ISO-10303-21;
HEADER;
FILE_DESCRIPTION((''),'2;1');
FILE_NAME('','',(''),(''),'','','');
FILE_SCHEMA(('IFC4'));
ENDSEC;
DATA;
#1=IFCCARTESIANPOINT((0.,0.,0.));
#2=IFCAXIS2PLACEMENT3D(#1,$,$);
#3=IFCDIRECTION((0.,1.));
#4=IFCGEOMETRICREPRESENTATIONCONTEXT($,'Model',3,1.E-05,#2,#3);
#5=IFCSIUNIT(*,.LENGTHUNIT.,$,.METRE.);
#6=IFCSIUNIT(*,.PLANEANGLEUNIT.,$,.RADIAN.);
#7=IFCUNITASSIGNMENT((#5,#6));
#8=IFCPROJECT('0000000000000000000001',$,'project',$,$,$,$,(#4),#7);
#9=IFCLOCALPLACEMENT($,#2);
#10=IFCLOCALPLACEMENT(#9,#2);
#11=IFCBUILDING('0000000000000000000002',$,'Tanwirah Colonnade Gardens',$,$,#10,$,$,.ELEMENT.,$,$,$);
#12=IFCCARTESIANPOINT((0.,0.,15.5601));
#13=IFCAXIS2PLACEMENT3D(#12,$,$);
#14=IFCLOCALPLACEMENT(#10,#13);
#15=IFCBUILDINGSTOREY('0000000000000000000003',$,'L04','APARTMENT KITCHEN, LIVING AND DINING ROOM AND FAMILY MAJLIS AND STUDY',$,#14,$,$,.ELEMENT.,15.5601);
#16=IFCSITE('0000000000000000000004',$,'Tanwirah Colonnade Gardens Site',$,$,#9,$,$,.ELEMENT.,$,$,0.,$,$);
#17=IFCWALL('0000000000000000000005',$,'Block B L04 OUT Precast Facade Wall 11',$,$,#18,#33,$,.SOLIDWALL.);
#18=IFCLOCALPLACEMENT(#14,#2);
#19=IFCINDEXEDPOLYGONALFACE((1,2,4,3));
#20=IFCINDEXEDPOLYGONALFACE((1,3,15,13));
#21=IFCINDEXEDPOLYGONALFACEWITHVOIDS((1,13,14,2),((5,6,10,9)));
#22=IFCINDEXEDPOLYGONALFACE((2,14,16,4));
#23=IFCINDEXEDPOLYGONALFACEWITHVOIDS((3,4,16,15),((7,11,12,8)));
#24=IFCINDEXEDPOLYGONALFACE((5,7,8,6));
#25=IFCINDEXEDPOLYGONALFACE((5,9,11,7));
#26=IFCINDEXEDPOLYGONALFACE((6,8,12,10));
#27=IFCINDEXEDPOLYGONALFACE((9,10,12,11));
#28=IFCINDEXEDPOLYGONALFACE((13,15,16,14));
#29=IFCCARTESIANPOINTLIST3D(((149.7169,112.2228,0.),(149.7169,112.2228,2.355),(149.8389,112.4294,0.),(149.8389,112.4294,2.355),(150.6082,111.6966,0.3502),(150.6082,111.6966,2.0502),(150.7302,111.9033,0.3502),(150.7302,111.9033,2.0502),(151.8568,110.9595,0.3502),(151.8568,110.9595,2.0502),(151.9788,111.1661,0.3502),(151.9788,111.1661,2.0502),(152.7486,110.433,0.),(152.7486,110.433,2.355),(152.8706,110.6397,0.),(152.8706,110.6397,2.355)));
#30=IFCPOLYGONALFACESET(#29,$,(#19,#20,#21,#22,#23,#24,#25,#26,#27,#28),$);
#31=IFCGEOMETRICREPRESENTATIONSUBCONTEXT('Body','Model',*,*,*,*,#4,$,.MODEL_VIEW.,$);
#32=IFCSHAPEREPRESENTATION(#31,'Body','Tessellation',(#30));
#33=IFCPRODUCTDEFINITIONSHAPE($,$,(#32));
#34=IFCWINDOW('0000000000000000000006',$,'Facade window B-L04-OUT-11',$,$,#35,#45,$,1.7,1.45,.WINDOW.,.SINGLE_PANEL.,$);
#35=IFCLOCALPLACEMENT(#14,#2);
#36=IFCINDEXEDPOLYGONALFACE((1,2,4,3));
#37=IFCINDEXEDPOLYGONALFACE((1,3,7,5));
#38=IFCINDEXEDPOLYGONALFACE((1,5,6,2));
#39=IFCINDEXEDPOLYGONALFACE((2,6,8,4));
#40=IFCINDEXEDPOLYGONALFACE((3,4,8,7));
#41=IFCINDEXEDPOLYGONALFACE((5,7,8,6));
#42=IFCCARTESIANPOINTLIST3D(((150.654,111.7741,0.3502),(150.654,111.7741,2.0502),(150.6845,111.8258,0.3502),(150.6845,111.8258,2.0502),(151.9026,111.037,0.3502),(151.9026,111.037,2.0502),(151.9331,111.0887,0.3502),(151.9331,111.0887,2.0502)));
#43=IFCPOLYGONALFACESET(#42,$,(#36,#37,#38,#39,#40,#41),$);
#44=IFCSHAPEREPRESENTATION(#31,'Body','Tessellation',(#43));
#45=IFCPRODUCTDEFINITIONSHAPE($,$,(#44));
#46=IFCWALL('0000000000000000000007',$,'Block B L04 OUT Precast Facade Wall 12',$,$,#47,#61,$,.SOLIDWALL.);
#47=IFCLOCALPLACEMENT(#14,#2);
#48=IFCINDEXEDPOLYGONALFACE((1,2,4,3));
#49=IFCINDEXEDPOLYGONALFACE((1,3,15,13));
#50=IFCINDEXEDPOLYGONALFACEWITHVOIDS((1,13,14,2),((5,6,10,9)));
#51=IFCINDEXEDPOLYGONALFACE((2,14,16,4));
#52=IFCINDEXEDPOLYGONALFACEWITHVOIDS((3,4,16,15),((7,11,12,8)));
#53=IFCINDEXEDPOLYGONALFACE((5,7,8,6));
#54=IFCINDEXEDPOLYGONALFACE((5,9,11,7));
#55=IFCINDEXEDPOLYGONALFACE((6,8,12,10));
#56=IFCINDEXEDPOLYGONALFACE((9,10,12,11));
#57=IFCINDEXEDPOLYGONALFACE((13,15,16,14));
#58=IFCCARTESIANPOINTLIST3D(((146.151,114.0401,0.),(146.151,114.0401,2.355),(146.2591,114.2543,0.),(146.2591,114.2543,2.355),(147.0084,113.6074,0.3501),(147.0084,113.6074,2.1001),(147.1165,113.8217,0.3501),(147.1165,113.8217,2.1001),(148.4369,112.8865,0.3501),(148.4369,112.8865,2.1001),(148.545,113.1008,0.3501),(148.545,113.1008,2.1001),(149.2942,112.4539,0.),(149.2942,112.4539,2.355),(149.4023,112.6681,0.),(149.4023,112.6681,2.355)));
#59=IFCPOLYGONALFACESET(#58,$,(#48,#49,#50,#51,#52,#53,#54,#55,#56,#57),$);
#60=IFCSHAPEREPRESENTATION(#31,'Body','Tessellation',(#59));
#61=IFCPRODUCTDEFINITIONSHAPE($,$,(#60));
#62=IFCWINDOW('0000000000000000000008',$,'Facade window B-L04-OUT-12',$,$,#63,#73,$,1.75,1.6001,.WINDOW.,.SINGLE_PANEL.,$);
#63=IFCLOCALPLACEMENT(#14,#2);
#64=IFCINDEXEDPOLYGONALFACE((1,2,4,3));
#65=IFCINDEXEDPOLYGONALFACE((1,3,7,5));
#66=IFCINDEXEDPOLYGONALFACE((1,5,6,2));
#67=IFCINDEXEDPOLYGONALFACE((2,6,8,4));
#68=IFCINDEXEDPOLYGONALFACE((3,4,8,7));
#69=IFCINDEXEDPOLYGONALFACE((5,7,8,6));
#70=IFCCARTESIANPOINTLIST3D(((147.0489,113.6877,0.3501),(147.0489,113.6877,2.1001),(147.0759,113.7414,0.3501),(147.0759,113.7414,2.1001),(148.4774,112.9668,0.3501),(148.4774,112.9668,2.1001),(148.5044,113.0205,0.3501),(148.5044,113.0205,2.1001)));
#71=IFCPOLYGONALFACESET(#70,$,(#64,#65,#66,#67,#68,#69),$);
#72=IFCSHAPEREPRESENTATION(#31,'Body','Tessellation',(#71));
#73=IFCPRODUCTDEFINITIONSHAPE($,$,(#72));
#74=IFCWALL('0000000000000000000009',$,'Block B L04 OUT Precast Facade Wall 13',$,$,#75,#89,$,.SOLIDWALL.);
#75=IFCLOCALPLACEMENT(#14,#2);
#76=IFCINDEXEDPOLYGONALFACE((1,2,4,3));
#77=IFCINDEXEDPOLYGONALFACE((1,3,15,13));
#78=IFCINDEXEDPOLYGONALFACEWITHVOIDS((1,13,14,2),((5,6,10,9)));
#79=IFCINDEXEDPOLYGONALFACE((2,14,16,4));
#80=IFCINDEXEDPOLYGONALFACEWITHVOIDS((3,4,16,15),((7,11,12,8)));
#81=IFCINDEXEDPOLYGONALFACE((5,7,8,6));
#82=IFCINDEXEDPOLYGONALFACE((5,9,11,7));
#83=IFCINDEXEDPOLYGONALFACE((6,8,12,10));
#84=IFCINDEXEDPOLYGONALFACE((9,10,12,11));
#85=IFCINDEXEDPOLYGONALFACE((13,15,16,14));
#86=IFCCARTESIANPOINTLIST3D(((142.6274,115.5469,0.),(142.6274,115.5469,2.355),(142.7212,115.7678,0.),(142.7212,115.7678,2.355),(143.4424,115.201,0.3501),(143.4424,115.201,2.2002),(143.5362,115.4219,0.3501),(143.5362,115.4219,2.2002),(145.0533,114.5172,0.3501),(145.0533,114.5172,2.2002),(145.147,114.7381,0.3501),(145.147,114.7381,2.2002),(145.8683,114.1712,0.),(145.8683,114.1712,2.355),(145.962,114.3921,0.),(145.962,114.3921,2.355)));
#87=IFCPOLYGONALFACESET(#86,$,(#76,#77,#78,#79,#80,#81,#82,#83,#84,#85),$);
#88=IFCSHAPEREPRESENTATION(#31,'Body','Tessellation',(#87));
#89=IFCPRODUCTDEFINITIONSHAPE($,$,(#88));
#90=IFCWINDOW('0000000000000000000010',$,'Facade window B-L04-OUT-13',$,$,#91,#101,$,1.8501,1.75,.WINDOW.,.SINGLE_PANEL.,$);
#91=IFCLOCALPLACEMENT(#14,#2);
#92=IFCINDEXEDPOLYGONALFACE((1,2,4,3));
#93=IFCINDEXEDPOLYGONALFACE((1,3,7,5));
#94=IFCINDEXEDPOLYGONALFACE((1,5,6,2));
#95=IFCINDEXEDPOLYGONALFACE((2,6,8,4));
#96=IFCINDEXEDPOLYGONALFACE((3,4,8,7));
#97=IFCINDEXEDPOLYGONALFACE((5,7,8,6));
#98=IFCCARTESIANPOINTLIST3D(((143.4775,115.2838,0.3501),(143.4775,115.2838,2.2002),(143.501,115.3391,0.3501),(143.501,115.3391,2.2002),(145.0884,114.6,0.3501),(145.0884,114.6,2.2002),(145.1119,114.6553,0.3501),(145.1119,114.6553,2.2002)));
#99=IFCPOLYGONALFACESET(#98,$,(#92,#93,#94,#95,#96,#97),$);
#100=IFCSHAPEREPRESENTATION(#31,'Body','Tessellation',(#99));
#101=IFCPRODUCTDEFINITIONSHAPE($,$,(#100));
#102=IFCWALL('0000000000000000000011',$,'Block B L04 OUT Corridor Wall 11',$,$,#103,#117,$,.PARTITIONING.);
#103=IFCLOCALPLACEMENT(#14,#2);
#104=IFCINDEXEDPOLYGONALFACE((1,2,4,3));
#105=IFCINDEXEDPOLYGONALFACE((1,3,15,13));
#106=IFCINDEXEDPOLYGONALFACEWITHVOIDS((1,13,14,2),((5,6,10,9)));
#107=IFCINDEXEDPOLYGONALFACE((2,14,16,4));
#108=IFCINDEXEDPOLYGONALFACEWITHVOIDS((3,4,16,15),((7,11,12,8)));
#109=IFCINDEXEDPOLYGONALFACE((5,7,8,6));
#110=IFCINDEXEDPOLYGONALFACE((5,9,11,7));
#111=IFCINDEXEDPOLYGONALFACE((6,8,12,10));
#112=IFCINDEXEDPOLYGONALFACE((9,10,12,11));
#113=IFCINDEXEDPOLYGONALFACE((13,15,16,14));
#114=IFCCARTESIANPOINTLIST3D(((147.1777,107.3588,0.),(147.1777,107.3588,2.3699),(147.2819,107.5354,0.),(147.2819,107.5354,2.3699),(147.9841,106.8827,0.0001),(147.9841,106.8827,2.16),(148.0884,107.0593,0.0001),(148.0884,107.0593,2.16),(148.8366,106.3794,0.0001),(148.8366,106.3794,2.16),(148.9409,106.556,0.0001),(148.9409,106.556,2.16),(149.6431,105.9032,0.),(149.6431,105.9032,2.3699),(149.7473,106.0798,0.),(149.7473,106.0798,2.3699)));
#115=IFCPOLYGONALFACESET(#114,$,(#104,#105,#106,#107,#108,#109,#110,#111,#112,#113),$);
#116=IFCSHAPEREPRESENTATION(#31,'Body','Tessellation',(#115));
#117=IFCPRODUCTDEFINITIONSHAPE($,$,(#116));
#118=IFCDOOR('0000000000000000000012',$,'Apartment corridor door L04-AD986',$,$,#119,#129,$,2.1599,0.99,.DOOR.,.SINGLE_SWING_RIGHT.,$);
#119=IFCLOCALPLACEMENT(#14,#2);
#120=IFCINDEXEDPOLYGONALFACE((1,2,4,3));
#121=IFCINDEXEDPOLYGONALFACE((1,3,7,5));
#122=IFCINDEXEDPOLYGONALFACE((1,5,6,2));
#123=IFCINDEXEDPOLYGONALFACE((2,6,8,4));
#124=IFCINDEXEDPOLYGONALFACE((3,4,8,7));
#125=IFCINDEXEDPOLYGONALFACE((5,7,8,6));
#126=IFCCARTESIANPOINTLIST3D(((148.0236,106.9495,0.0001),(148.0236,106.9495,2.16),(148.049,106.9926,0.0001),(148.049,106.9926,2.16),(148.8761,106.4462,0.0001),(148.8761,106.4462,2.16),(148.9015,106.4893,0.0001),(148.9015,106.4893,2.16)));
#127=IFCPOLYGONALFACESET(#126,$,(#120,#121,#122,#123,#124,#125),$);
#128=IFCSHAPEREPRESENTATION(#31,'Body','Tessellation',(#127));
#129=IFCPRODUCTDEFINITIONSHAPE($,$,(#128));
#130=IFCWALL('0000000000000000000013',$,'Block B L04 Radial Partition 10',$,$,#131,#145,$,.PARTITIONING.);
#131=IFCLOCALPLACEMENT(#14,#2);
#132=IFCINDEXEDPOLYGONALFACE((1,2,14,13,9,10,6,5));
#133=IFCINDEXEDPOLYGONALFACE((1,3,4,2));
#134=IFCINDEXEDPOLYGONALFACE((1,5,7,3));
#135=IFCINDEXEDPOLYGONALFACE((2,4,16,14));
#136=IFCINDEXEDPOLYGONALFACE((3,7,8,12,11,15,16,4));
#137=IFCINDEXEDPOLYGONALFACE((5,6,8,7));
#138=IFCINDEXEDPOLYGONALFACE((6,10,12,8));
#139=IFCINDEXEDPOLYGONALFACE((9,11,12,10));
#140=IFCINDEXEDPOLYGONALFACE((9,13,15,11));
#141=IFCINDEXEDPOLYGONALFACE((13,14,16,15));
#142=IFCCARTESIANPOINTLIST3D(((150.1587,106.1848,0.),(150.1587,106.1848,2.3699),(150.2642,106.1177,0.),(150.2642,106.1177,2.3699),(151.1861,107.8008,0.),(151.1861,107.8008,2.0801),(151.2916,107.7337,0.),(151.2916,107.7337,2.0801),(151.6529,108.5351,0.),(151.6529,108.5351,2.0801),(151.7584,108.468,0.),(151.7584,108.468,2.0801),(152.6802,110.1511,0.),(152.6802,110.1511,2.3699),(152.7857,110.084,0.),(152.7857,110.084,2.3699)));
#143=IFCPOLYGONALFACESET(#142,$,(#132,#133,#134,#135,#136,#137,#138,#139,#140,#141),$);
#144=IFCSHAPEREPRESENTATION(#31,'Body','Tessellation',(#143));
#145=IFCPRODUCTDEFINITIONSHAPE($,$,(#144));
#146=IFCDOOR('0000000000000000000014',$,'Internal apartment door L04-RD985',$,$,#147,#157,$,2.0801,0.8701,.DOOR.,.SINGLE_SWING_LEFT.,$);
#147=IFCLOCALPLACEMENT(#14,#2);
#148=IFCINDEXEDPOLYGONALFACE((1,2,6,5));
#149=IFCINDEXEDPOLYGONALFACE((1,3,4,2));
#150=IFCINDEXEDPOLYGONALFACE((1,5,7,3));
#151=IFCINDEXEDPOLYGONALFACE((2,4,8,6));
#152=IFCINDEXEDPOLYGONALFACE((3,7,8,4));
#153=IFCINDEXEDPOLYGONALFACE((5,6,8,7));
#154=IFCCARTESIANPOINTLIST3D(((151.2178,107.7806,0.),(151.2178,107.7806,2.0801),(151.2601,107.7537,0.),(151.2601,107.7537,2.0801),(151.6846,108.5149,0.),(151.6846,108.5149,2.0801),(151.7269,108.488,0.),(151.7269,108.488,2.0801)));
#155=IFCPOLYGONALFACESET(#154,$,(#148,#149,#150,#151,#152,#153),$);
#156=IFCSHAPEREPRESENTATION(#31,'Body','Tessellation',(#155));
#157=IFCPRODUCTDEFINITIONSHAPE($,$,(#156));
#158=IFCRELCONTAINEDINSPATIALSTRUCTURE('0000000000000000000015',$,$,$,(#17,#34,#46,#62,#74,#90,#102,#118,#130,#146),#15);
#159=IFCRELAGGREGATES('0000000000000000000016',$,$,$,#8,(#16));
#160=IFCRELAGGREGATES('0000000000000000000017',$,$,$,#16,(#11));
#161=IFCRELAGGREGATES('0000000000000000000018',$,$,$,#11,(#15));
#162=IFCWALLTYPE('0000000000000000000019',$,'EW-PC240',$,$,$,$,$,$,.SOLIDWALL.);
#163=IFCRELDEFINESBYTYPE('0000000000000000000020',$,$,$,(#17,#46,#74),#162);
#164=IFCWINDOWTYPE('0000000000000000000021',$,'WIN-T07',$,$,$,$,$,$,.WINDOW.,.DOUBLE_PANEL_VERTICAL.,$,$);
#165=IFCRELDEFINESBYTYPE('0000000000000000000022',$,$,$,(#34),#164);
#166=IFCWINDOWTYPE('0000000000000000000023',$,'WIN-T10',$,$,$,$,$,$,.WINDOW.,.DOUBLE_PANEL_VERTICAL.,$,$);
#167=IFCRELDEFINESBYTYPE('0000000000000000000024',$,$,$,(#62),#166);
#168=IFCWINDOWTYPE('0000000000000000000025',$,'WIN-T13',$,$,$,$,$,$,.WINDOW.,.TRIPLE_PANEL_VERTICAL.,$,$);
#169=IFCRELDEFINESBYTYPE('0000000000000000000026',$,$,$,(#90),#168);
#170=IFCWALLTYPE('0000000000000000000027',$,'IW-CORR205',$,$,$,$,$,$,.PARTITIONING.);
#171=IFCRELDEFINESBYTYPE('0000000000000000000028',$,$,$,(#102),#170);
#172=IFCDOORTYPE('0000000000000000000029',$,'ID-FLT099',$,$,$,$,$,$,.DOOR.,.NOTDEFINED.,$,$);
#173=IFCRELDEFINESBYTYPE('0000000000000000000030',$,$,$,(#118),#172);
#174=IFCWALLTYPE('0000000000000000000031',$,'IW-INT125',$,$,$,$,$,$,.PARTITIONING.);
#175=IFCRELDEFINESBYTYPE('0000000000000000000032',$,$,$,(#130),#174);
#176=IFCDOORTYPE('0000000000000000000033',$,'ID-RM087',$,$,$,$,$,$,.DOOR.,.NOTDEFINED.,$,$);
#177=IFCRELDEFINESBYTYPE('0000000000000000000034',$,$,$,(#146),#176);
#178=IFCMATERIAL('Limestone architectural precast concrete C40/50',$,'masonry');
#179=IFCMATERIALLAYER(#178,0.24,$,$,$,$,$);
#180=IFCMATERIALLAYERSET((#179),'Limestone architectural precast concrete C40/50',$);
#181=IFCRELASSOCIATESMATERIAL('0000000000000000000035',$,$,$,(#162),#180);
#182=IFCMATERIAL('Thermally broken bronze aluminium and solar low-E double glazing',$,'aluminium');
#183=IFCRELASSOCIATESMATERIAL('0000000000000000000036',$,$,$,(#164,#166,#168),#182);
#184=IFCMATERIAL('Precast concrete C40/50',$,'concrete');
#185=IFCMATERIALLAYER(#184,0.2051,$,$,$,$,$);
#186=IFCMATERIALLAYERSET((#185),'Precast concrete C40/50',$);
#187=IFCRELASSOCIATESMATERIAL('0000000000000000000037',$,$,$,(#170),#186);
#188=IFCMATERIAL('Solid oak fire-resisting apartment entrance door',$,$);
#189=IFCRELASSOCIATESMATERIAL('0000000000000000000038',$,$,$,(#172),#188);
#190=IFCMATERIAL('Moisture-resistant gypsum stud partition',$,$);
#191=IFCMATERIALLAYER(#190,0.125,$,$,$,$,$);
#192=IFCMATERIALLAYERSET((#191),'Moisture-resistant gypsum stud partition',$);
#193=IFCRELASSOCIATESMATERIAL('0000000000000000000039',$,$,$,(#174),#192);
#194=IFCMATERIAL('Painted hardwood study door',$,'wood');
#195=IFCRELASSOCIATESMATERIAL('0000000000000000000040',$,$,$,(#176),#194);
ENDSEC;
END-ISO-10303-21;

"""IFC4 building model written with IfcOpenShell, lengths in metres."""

from ifc_helpers import new_model, si_unit, direction, frame, frame_2d, origin, place, context, subcontext, project, spatial, rectangle, extrude, material, layer, layer_set, type_object, element, fill, save


model = new_model("IFC4")

# Units and contexts
model_context = context("Model", 3, precision=1e-05, world=origin(), true_north=direction((0.0, 1.0)))
body_context = subcontext(model_context, "Body", "Model", "MODEL_VIEW")
ifc_project = project(units=[si_unit("LENGTHUNIT", "METRE"), si_unit("PLANEANGLEUNIT", "RADIAN")], contexts=[model_context])

# Site, building, storey
site_placement = place(None, origin())
site = spatial("IfcSite", under=ifc_project, at=site_placement, Name="Tanwirah Colonnade Gardens Site", CompositionType="ELEMENT", RefElevation=0.0)
building_placement = place(site_placement, origin())
building = spatial("IfcBuilding", under=site, at=building_placement, Name="Tanwirah Colonnade Gardens", CompositionType="ELEMENT")
storey_placement = place(building_placement, frame((0.0, 0.0, 15.5601)))
storey = spatial("IfcBuildingStorey", under=building, at=storey_placement, Name="L04", Description="APARTMENT KITCHEN, LIVING AND DINING ROOM AND FAMILY MAJLIS AND STUDY", CompositionType="ELEMENT", Elevation=15.5601)

# Shared definitions
ifc_material_1 = material(Name="Precast concrete C40/50", Category="concrete")

# Walls, openings, windows
ifc_material_2 = material(Name="Limestone architectural precast concrete C40/50", Category="masonry")
ifc_layer_1 = layer(ifc_material_2, 0.24)
ifc_layer_set_1 = layer_set([ifc_layer_1], Name="Limestone architectural precast concrete C40/50")
wall_type_1 = type_object("IfcWallType", Name="EW-PC240", PredefinedType="SOLIDWALL", material=ifc_layer_set_1)
wall_1_placement = place(storey_placement, frame((152.8096, 110.5364, 0.0), z_axis=(0.0, 0.0, 1.0), x_axis=(-0.861136, 0.508374, 0.0)))
wall_1 = element("IfcWall", 1, at=wall_1_placement, inside=storey, type_object=wall_type_1, Name="Block B L04 OUT Precast Facade Wall 11", PredefinedType="SOLIDWALL", context=body_context, shape_type="SweptSolid", body=[
    extrude(rectangle(XDim=3.5205, YDim=0.24, at=frame_2d((1.7603, 0.0))), origin(), (0.0, 0.0, 1.0), 2.355),
])
opening_1_placement = place(wall_1_placement, frame((1.0354, 0.0, 0.3501)))
opening_1 = element("IfcOpeningElement", 2, at=opening_1_placement, cuts=wall_1, PredefinedType="OPENING", context=body_context, shape_type="SweptSolid", body=[
    extrude(rectangle(XDim=1.45, YDim=1.7, at=frame_2d((0.7251, 0.8501))), frame((0.0, 0.1299, 0.0), z_axis=(0.0, -1.0, 0.0), x_axis=(1.0, 0.0, 0.0)), (0.0, 0.0, 1.0), 0.26),
])
ifc_material_3 = material(Name="Thermally broken bronze aluminium and solar low-E double glazing", Category="aluminium")
window_type_1 = type_object("IfcWindowType", Name="WIN-T07", PartitioningType="DOUBLE_PANEL_VERTICAL", PredefinedType="WINDOW", material=ifc_material_3)
window_1_placement = place(opening_1_placement, origin())
window_1 = element("IfcWindow", 3, at=window_1_placement, inside=storey, type_object=window_type_1, Name="Facade window B-L04-OUT-11", OverallHeight=1.7, OverallWidth=1.45, PartitioningType="SINGLE_PANEL", PredefinedType="WINDOW", context=body_context, shape_type="SweptSolid", body=[
    extrude(rectangle(XDim=1.45, YDim=1.7, at=frame_2d((0.7251, 0.8501))), frame((0.0, 0.03, 0.0), z_axis=(0.0, -1.0, 0.0), x_axis=(1.0, 0.0, 0.0)), (0.0, 0.0, 1.0), 0.0601),
])
fill(opening_1, window_1)
wall_2_placement = place(storey_placement, frame((149.3481, 112.561, 0.0), z_axis=(0.0, 0.0, 1.0), x_axis=(-0.892757, 0.450539, 0.0)))
wall_2 = element("IfcWall", 4, at=wall_2_placement, inside=storey, type_object=wall_type_1, Name="Block B L04 OUT Precast Facade Wall 12", PredefinedType="SOLIDWALL", context=body_context, shape_type="SweptSolid", body=[
    extrude(rectangle(XDim=3.5208, YDim=0.24, at=frame_2d((1.7603, 0.0))), origin(), (0.0, 0.0, 1.0), 2.355),
])
opening_2_placement = place(wall_2_placement, frame((0.9602, 0.0, 0.3501)))
opening_2 = element("IfcOpeningElement", 5, at=opening_2_placement, cuts=wall_2, PredefinedType="OPENING", context=body_context, shape_type="SweptSolid", body=[
    extrude(rectangle(XDim=1.6001, YDim=1.75, at=frame_2d((0.8, 0.875))), frame((0.0, 0.1299, 0.0), z_axis=(0.0, -1.0, 0.0), x_axis=(1.0, 0.0, 0.0)), (0.0, 0.0, 1.0), 0.26),
])
window_type_2 = type_object("IfcWindowType", Name="WIN-T10", PartitioningType="DOUBLE_PANEL_VERTICAL", PredefinedType="WINDOW", material=ifc_material_3)
window_2_placement = place(opening_2_placement, origin())
window_2 = element("IfcWindow", 6, at=window_2_placement, inside=storey, type_object=window_type_2, Name="Facade window B-L04-OUT-12", OverallHeight=1.75, OverallWidth=1.6001, PartitioningType="SINGLE_PANEL", PredefinedType="WINDOW", context=body_context, shape_type="SweptSolid", body=[
    extrude(rectangle(XDim=1.6001, YDim=1.75, at=frame_2d((0.8, 0.875))), frame((0.0, 0.03, 0.0), z_axis=(0.0, -1.0, 0.0), x_axis=(1.0, 0.0, 0.0)), (0.0, 0.0, 1.0), 0.0601),
])
fill(opening_2, window_2)
wall_3_placement = place(storey_placement, frame((145.915, 114.2817, 0.0), z_axis=(0.0, 0.0, 1.0), x_axis=(-0.920502, 0.390737, 0.0)))
wall_3 = element("IfcWall", 7, at=wall_3_placement, inside=storey, type_object=wall_type_1, Name="Block B L04 OUT Precast Facade Wall 13", PredefinedType="SOLIDWALL", context=body_context, shape_type="SweptSolid", body=[
    extrude(rectangle(XDim=3.5208, YDim=0.24, at=frame_2d((1.7603, 0.0))), origin(), (0.0, 0.0, 1.0), 2.355),
])
opening_3_placement = place(wall_3_placement, frame((0.8853, 0.0, 0.3501)))
opening_3 = element("IfcOpeningElement", 8, at=opening_3_placement, cuts=wall_3, PredefinedType="OPENING", context=body_context, shape_type="SweptSolid", body=[
    extrude(rectangle(XDim=1.75, YDim=1.8501, at=frame_2d((0.875, 0.925))), frame((0.0, 0.1299, 0.0), z_axis=(0.0, -1.0, 0.0), x_axis=(1.0, 0.0, 0.0)), (0.0, 0.0, 1.0), 0.26),
])
window_type_3 = type_object("IfcWindowType", Name="WIN-T13", PartitioningType="TRIPLE_PANEL_VERTICAL", PredefinedType="WINDOW", material=ifc_material_3)
window_3_placement = place(opening_3_placement, origin())
window_3 = element("IfcWindow", 9, at=window_3_placement, inside=storey, type_object=window_type_3, Name="Facade window B-L04-OUT-13", OverallHeight=1.8501, OverallWidth=1.75, PartitioningType="SINGLE_PANEL", PredefinedType="WINDOW", context=body_context, shape_type="SweptSolid", body=[
    extrude(rectangle(XDim=1.75, YDim=1.8501, at=frame_2d((0.875, 0.925))), frame((0.0, 0.03, 0.0), z_axis=(0.0, -1.0, 0.0), x_axis=(1.0, 0.0, 0.0)), (0.0, 0.0, 1.0), 0.0601),
])
fill(opening_3, window_3)

# Walls, openings, doors
ifc_layer_2 = layer(ifc_material_1, 0.2051)
ifc_layer_set_2 = layer_set([ifc_layer_2], Name="Precast concrete C40/50")
wall_type_2 = type_object("IfcWallType", Name="IW-CORR205", PredefinedType="PARTITIONING", material=ifc_layer_set_2)
wall_4_placement = place(storey_placement, frame((149.6953, 105.9915, 0.0), z_axis=(0.0, 0.0, 1.0), x_axis=(-0.861113, 0.508413, 0.0)))
wall_4 = element("IfcWall", 10, at=wall_4_placement, inside=storey, type_object=wall_type_2, Name="Block B L04 OUT Corridor Wall 11", PredefinedType="PARTITIONING", context=body_context, shape_type="SweptSolid", body=[
    extrude(rectangle(XDim=2.863, YDim=0.2051, at=frame_2d((1.4316, 0.0))), origin(), (0.0, 0.0, 1.0), 2.3699),
])
opening_4_placement = place(wall_4_placement, frame((0.9365, 0.0, 0.0)))
opening_4 = element("IfcOpeningElement", 11, at=opening_4_placement, cuts=wall_4, PredefinedType="OPENING", context=body_context, shape_type="SweptSolid", body=[
    extrude(rectangle(XDim=0.99, YDim=2.1599, at=frame_2d((0.4951, 1.0801))), frame((0.0, 0.1125, 0.0), z_axis=(0.0, -1.0, 0.0), x_axis=(1.0, 0.0, 0.0)), (0.0, 0.0, 1.0), 0.2251),
])
ifc_material_4 = material(Name="Solid oak fire-resisting apartment entrance door")
door_type_1 = type_object("IfcDoorType", Name="ID-FLT099", OperationType="NOTDEFINED", PredefinedType="DOOR", material=ifc_material_4)
door_1_placement = place(opening_4_placement, origin())
door_1 = element("IfcDoor", 12, at=door_1_placement, inside=storey, type_object=door_type_1, Name="Apartment corridor door L04-AD986", OperationType="SINGLE_SWING_RIGHT", OverallHeight=2.1599, OverallWidth=0.99, PredefinedType="DOOR", context=body_context, shape_type="SweptSolid", body=[
    extrude(rectangle(XDim=0.99, YDim=2.1599, at=frame_2d((0.4951, 1.0801))), frame((0.0, 0.0249, 0.0), z_axis=(0.0, -1.0, 0.0), x_axis=(1.0, 0.0, 0.0)), (0.0, 0.0, 1.0), 0.05),
])
fill(opening_4, door_1)
ifc_material_5 = material(Name="Moisture-resistant gypsum stud partition")
ifc_layer_3 = layer(ifc_material_5, 0.125)
ifc_layer_set_3 = layer_set([ifc_layer_3], Name="Moisture-resistant gypsum stud partition")
wall_type_3 = type_object("IfcWallType", Name="IW-INT125", PredefinedType="PARTITIONING", material=ifc_layer_set_3)
wall_5_placement = place(storey_placement, frame((150.2114, 106.1511, 0.0), z_axis=(0.0, 0.0, 1.0), x_axis=(0.536492, 0.843905, 0.0)))
wall_5 = element("IfcWall", 13, at=wall_5_placement, inside=storey, type_object=wall_type_3, Name="Block B L04 Radial Partition 10", PredefinedType="PARTITIONING", context=body_context, shape_type="SweptSolid", body=[
    extrude(rectangle(XDim=4.7, YDim=0.125, at=frame_2d((2.3501, 0.0))), origin(), (0.0, 0.0, 1.0), 2.3699),
])
opening_5_placement = place(wall_5_placement, frame((1.915, 0.0, 0.0)))
opening_5 = element("IfcOpeningElement", 14, at=opening_5_placement, cuts=wall_5, PredefinedType="OPENING", context=body_context, shape_type="SweptSolid", body=[
    extrude(rectangle(XDim=0.8701, YDim=2.0801, at=frame_2d((0.4351, 1.04))), frame((0.0, 0.0725, 0.0), z_axis=(0.0, -1.0, 0.0), x_axis=(1.0, 0.0, 0.0)), (0.0, 0.0, 1.0), 0.145),
])
ifc_material_6 = material(Name="Painted hardwood study door", Category="wood")
door_type_2 = type_object("IfcDoorType", Name="ID-RM087", OperationType="NOTDEFINED", PredefinedType="DOOR", material=ifc_material_6)
door_2_placement = place(opening_5_placement, origin())
door_2 = element("IfcDoor", 15, at=door_2_placement, inside=storey, type_object=door_type_2, Name="Internal apartment door L04-RD985", OperationType="SINGLE_SWING_LEFT", OverallHeight=2.0801, OverallWidth=0.8701, PredefinedType="DOOR", context=body_context, shape_type="SweptSolid", body=[
    extrude(rectangle(XDim=0.8701, YDim=2.0801, at=frame_2d((0.4351, 1.04))), frame((0.0, 0.0249, 0.0), z_axis=(0.0, -1.0, 0.0), x_axis=(1.0, 0.0, 0.0)), (0.0, 0.0, 1.0), 0.05),
])
fill(opening_5, door_2)

save(model, "model.ifc")
